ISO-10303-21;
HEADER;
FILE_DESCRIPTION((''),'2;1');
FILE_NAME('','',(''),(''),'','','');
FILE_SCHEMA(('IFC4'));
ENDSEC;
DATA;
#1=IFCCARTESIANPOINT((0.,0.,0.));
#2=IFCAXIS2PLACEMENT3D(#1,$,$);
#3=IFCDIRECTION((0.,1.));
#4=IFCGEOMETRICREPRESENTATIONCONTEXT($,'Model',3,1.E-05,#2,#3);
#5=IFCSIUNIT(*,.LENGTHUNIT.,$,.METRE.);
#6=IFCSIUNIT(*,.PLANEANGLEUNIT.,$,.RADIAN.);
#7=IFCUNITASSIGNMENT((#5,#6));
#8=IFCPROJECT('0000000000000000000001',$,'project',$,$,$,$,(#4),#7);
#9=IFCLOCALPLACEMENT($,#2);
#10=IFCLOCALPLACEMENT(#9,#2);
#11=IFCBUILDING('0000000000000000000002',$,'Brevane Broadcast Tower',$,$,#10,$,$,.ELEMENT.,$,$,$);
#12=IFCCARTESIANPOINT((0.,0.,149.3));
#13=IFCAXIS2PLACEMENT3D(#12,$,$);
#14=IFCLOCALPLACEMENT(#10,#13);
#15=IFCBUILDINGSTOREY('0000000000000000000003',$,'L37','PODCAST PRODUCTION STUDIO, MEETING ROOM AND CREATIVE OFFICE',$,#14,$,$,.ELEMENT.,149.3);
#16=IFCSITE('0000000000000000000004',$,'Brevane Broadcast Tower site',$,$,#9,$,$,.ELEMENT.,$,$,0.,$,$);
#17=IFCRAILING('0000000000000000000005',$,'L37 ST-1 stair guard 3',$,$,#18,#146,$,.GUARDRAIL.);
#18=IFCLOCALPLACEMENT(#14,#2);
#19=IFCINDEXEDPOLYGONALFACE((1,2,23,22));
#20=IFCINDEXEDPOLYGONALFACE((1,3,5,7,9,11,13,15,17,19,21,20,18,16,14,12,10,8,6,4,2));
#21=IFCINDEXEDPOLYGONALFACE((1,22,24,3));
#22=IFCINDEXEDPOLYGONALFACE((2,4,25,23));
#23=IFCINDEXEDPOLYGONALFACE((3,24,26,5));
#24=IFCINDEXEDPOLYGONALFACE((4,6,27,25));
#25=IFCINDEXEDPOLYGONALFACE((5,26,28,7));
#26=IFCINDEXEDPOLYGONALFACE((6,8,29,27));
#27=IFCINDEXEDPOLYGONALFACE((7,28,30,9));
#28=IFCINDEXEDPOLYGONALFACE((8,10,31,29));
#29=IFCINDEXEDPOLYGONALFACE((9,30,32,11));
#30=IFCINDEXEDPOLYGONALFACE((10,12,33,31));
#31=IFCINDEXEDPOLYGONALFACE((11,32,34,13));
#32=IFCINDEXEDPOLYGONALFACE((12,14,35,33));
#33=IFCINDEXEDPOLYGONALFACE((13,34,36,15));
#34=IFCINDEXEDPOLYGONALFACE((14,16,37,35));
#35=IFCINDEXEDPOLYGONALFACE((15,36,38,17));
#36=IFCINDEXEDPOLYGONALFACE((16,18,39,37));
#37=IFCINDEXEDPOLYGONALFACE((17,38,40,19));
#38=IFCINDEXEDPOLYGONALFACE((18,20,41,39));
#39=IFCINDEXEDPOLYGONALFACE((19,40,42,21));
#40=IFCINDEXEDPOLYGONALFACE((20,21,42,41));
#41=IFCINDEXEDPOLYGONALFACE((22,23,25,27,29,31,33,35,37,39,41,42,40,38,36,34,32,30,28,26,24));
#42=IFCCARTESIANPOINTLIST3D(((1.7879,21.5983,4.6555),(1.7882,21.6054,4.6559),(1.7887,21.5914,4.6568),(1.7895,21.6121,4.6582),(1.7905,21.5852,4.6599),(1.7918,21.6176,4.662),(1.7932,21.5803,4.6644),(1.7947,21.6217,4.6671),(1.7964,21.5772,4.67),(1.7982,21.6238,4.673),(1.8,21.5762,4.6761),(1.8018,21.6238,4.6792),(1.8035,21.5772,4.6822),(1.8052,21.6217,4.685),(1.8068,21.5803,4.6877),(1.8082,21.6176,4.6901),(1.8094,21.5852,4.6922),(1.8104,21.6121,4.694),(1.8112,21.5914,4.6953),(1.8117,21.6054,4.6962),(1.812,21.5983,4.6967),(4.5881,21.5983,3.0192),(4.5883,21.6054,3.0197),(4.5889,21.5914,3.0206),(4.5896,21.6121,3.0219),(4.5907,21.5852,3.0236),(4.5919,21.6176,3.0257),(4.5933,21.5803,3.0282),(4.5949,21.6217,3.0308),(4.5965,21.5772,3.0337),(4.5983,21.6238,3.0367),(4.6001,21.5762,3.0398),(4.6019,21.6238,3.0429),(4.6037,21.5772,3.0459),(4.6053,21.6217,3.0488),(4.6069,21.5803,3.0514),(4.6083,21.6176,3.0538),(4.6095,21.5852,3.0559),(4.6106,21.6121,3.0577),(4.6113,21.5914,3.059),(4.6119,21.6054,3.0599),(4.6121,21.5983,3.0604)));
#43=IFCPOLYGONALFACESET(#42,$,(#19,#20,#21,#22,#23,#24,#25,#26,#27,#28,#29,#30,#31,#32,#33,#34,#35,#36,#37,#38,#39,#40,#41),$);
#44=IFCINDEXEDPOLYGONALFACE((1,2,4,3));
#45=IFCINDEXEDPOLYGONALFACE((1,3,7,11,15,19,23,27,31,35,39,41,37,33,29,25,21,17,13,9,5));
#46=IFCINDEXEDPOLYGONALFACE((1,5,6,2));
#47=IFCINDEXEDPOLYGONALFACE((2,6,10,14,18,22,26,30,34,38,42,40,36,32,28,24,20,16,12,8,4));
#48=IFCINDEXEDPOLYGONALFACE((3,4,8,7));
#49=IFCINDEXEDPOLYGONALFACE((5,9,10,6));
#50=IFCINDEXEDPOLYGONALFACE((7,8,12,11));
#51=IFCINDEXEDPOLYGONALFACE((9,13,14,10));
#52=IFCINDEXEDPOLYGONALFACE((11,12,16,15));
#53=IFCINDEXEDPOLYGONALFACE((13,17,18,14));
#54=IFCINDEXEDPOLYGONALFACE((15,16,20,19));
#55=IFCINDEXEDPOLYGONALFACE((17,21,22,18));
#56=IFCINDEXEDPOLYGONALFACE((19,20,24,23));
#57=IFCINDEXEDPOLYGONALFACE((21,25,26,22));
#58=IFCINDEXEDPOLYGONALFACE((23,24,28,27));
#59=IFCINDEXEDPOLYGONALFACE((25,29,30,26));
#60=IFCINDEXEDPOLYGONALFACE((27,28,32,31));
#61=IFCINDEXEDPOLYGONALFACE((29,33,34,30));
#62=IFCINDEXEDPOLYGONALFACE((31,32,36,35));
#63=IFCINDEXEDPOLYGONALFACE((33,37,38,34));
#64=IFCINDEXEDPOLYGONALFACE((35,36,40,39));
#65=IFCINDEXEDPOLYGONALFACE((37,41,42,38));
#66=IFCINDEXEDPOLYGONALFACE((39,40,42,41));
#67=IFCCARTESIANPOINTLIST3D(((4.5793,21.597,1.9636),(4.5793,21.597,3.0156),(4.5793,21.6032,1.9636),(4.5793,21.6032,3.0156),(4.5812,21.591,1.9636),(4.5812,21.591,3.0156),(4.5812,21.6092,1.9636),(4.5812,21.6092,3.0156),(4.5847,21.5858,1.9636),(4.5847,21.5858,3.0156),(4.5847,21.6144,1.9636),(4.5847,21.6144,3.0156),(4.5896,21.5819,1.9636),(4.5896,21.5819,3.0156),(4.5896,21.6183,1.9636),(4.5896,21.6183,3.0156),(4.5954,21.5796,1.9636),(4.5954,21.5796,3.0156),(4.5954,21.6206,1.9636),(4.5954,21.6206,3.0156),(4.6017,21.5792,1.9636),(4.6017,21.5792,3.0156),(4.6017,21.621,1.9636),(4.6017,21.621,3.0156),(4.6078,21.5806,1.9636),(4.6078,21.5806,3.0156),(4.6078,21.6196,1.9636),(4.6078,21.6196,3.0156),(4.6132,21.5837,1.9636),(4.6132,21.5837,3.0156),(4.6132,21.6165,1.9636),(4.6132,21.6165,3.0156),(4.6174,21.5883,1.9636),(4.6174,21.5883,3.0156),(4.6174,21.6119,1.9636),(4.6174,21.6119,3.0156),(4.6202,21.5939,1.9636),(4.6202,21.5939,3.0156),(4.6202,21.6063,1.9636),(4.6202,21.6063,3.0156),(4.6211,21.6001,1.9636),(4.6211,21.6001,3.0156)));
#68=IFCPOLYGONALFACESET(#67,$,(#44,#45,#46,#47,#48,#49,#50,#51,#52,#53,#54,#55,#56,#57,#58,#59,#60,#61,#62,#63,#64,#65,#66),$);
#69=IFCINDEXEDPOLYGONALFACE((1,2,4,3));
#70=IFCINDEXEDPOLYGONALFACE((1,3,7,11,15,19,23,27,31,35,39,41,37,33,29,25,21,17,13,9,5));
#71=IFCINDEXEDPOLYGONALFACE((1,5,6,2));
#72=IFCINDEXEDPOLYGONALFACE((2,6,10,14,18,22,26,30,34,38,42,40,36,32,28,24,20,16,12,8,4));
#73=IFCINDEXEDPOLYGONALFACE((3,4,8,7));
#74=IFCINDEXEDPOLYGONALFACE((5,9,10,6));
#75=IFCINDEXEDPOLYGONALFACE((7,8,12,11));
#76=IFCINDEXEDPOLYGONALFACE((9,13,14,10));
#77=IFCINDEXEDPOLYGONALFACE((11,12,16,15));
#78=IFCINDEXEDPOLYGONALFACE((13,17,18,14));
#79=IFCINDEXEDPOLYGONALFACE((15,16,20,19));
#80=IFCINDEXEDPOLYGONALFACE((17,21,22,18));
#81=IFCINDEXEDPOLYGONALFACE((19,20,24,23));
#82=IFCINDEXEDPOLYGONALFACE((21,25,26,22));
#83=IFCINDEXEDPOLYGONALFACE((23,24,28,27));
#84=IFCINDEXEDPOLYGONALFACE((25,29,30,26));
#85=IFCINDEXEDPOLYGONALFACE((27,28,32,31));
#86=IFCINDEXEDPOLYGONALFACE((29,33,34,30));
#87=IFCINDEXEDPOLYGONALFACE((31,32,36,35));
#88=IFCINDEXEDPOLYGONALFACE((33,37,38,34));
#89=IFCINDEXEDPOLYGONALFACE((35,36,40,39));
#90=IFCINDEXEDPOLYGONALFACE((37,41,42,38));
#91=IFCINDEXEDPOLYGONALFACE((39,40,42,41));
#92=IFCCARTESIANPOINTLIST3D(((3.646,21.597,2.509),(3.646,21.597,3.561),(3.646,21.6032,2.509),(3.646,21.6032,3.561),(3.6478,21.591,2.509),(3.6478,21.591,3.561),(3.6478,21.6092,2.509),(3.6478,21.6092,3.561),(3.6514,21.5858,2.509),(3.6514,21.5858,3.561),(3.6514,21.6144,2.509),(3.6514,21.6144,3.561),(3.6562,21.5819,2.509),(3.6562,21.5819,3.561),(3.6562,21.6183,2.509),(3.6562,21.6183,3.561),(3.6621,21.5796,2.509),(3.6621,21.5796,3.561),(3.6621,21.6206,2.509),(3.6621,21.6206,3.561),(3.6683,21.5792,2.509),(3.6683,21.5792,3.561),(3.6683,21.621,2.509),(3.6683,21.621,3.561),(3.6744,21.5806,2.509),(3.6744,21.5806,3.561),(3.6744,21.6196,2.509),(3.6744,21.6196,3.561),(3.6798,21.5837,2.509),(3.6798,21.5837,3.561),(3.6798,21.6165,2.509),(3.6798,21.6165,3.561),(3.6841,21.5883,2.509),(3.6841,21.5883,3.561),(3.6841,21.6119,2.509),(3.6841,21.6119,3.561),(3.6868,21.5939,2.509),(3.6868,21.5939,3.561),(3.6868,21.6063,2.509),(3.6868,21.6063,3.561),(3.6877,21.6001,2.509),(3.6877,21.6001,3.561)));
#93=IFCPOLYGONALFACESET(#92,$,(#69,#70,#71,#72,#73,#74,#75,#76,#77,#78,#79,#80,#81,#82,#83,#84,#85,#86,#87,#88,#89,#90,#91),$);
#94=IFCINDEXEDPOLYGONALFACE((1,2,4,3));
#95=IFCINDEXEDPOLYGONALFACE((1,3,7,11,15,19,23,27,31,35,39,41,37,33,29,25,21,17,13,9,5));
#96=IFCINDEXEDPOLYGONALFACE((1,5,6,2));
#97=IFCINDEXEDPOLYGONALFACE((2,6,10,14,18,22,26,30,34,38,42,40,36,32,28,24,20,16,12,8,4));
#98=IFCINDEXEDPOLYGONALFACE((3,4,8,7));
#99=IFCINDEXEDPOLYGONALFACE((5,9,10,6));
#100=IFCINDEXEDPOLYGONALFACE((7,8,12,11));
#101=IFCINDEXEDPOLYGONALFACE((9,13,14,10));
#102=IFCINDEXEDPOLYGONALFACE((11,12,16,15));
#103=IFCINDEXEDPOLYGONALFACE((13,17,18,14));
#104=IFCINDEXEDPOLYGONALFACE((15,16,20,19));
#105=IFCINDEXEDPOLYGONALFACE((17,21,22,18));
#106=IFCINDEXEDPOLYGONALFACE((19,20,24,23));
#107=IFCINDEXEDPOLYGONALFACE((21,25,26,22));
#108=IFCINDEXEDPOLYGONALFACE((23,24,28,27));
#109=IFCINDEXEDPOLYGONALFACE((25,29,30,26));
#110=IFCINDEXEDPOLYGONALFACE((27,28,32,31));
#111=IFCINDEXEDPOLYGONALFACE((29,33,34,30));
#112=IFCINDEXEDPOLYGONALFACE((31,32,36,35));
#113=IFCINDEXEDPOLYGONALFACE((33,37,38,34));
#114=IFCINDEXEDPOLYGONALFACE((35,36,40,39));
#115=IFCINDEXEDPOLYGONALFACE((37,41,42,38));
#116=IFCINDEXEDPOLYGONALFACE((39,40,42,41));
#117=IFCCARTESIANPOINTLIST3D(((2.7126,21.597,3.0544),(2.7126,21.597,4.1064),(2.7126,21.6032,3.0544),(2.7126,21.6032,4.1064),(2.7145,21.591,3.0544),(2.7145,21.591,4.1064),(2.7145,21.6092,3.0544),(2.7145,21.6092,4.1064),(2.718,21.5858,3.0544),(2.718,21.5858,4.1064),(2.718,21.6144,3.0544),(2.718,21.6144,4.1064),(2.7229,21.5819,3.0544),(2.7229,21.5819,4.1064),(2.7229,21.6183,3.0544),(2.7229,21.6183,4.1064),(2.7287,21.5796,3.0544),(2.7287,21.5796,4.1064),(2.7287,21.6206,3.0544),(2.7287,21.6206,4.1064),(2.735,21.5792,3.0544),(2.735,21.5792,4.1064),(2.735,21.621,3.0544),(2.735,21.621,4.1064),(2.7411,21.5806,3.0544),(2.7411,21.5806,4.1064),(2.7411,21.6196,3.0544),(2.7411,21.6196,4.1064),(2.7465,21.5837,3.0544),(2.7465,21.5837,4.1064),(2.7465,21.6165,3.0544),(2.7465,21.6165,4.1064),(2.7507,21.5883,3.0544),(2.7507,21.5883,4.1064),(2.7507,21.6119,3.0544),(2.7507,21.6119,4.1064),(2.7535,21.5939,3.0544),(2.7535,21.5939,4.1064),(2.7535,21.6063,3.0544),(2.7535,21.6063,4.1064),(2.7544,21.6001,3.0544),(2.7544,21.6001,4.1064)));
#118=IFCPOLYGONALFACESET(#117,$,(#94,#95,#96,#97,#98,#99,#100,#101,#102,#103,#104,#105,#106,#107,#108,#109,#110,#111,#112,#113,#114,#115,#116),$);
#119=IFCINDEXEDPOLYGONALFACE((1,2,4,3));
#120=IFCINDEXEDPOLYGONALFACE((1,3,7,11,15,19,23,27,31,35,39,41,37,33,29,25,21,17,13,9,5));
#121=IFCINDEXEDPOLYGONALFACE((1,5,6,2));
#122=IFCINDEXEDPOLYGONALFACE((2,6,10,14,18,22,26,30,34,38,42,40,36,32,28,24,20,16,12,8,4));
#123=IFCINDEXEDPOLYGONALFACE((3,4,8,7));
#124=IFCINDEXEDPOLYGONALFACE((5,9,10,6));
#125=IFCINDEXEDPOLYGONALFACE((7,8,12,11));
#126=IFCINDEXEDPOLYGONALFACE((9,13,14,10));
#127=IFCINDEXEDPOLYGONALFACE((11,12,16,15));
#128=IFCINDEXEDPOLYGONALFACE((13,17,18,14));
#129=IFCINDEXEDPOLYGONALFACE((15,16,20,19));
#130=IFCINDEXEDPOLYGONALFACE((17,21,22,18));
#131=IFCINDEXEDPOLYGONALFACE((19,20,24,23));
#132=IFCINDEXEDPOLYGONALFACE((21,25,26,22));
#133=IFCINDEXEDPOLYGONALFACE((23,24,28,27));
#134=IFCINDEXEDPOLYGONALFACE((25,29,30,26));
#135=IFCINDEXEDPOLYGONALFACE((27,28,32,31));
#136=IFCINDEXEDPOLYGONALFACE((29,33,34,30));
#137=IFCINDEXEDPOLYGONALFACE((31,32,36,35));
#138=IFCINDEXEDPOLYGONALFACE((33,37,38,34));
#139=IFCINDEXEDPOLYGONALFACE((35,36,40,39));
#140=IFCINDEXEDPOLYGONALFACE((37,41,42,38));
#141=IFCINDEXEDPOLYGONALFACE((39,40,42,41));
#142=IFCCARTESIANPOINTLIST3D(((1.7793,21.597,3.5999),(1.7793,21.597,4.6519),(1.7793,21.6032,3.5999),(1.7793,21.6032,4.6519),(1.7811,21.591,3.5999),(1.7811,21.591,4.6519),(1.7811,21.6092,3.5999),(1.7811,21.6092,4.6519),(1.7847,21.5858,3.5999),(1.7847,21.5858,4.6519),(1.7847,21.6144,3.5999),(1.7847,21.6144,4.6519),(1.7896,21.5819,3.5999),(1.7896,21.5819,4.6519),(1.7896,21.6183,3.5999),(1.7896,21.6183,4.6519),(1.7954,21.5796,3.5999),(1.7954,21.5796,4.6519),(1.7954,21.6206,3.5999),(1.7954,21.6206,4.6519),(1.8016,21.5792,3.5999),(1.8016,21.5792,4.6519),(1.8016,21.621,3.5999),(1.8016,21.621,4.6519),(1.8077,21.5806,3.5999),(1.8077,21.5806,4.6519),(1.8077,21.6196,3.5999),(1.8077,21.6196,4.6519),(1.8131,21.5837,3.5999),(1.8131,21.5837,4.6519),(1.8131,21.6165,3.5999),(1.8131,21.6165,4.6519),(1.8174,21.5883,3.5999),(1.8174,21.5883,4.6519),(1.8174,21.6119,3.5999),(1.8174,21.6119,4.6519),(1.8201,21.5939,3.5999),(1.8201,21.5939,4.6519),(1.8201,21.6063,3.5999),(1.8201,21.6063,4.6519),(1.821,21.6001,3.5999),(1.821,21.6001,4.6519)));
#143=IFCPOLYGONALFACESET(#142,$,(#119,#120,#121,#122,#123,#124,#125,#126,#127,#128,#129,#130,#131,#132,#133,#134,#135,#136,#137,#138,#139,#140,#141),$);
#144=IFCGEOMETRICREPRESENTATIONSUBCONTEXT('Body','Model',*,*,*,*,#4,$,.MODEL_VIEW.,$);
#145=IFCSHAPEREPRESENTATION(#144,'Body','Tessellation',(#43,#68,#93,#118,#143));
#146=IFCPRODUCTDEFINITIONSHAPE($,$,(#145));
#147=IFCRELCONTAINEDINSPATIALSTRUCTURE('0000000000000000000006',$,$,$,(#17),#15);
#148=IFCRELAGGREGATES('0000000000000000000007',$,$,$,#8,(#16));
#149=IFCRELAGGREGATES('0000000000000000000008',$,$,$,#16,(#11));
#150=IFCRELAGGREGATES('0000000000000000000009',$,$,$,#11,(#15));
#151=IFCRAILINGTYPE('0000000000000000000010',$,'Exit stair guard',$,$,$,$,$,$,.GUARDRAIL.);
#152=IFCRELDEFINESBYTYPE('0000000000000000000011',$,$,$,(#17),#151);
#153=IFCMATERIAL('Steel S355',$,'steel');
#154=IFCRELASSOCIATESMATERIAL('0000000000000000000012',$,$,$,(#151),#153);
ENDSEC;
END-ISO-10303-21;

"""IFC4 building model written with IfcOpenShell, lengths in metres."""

from ifc_helpers import new_model, si_unit, direction, frame, origin, origin_2d, place, context, subcontext, project, spatial, circle, extrude, material, type_object, element, save


model = new_model("IFC4")

# Units and contexts
model_context = context("Model", 3, precision=1e-05, world=origin(), true_north=direction((0.0, 1.0)))
body_context = subcontext(model_context, "Body", "Model", "MODEL_VIEW")
ifc_project = project(units=[si_unit("LENGTHUNIT", "METRE"), si_unit("PLANEANGLEUNIT", "RADIAN")], contexts=[model_context])

# Site, building, storey
site_placement = place(None, origin())
site = spatial("IfcSite", under=ifc_project, at=site_placement, Name="Brevane Broadcast Tower site", CompositionType="ELEMENT", RefElevation=0.0)
building_placement = place(site_placement, origin())
building = spatial("IfcBuilding", under=site, at=building_placement, Name="Brevane Broadcast Tower", CompositionType="ELEMENT")
storey_placement = place(building_placement, frame((0.0, 0.0, 149.3)))
storey = spatial("IfcBuildingStorey", under=building, at=storey_placement, Name="L37", Description="PODCAST PRODUCTION STUDIO, MEETING ROOM AND CREATIVE OFFICE", CompositionType="ELEMENT", Elevation=149.3)

# Railing
ifc_material_1 = material(Name="Steel S355", Category="steel")
railing_type_1 = type_object("IfcRailingType", Name="Exit stair guard", PredefinedType="GUARDRAIL", material=ifc_material_1)
railing_1_placement = place(storey_placement, frame((4.6001, 21.6001, 1.9636)))
element("IfcRailing", 1, at=railing_1_placement, inside=storey, type_object=railing_type_1, Name="L37 ST-1 stair guard 3", PredefinedType="GUARDRAIL", context=body_context, shape_type="SweptSolid", body=[
    extrude(circle(Radius=0.0239, at=origin_2d()), frame((0.0, 0.0, 1.0762), z_axis=(-0.863394, 0.0, 0.504531), x_axis=(0.0, -1.0, 0.0)), (0.0, 0.0, 1.0), 3.2432),
    extrude(circle(Radius=0.021, at=origin_2d()), origin(), (0.0, 0.0, 1.0), 1.052),
    extrude(circle(Radius=0.021, at=origin_2d()), frame((-0.9333, 0.0, 0.5454)), (0.0, 0.0, 1.0), 1.052),
    extrude(circle(Radius=0.021, at=origin_2d()), frame((-1.8667, 0.0, 1.0908)), (0.0, 0.0, 1.0), 1.052),
    extrude(circle(Radius=0.021, at=origin_2d()), frame((-2.8, 0.0, 1.6362)), (0.0, 0.0, 1.0), 1.052),
])

save(model, "model.ifc")
